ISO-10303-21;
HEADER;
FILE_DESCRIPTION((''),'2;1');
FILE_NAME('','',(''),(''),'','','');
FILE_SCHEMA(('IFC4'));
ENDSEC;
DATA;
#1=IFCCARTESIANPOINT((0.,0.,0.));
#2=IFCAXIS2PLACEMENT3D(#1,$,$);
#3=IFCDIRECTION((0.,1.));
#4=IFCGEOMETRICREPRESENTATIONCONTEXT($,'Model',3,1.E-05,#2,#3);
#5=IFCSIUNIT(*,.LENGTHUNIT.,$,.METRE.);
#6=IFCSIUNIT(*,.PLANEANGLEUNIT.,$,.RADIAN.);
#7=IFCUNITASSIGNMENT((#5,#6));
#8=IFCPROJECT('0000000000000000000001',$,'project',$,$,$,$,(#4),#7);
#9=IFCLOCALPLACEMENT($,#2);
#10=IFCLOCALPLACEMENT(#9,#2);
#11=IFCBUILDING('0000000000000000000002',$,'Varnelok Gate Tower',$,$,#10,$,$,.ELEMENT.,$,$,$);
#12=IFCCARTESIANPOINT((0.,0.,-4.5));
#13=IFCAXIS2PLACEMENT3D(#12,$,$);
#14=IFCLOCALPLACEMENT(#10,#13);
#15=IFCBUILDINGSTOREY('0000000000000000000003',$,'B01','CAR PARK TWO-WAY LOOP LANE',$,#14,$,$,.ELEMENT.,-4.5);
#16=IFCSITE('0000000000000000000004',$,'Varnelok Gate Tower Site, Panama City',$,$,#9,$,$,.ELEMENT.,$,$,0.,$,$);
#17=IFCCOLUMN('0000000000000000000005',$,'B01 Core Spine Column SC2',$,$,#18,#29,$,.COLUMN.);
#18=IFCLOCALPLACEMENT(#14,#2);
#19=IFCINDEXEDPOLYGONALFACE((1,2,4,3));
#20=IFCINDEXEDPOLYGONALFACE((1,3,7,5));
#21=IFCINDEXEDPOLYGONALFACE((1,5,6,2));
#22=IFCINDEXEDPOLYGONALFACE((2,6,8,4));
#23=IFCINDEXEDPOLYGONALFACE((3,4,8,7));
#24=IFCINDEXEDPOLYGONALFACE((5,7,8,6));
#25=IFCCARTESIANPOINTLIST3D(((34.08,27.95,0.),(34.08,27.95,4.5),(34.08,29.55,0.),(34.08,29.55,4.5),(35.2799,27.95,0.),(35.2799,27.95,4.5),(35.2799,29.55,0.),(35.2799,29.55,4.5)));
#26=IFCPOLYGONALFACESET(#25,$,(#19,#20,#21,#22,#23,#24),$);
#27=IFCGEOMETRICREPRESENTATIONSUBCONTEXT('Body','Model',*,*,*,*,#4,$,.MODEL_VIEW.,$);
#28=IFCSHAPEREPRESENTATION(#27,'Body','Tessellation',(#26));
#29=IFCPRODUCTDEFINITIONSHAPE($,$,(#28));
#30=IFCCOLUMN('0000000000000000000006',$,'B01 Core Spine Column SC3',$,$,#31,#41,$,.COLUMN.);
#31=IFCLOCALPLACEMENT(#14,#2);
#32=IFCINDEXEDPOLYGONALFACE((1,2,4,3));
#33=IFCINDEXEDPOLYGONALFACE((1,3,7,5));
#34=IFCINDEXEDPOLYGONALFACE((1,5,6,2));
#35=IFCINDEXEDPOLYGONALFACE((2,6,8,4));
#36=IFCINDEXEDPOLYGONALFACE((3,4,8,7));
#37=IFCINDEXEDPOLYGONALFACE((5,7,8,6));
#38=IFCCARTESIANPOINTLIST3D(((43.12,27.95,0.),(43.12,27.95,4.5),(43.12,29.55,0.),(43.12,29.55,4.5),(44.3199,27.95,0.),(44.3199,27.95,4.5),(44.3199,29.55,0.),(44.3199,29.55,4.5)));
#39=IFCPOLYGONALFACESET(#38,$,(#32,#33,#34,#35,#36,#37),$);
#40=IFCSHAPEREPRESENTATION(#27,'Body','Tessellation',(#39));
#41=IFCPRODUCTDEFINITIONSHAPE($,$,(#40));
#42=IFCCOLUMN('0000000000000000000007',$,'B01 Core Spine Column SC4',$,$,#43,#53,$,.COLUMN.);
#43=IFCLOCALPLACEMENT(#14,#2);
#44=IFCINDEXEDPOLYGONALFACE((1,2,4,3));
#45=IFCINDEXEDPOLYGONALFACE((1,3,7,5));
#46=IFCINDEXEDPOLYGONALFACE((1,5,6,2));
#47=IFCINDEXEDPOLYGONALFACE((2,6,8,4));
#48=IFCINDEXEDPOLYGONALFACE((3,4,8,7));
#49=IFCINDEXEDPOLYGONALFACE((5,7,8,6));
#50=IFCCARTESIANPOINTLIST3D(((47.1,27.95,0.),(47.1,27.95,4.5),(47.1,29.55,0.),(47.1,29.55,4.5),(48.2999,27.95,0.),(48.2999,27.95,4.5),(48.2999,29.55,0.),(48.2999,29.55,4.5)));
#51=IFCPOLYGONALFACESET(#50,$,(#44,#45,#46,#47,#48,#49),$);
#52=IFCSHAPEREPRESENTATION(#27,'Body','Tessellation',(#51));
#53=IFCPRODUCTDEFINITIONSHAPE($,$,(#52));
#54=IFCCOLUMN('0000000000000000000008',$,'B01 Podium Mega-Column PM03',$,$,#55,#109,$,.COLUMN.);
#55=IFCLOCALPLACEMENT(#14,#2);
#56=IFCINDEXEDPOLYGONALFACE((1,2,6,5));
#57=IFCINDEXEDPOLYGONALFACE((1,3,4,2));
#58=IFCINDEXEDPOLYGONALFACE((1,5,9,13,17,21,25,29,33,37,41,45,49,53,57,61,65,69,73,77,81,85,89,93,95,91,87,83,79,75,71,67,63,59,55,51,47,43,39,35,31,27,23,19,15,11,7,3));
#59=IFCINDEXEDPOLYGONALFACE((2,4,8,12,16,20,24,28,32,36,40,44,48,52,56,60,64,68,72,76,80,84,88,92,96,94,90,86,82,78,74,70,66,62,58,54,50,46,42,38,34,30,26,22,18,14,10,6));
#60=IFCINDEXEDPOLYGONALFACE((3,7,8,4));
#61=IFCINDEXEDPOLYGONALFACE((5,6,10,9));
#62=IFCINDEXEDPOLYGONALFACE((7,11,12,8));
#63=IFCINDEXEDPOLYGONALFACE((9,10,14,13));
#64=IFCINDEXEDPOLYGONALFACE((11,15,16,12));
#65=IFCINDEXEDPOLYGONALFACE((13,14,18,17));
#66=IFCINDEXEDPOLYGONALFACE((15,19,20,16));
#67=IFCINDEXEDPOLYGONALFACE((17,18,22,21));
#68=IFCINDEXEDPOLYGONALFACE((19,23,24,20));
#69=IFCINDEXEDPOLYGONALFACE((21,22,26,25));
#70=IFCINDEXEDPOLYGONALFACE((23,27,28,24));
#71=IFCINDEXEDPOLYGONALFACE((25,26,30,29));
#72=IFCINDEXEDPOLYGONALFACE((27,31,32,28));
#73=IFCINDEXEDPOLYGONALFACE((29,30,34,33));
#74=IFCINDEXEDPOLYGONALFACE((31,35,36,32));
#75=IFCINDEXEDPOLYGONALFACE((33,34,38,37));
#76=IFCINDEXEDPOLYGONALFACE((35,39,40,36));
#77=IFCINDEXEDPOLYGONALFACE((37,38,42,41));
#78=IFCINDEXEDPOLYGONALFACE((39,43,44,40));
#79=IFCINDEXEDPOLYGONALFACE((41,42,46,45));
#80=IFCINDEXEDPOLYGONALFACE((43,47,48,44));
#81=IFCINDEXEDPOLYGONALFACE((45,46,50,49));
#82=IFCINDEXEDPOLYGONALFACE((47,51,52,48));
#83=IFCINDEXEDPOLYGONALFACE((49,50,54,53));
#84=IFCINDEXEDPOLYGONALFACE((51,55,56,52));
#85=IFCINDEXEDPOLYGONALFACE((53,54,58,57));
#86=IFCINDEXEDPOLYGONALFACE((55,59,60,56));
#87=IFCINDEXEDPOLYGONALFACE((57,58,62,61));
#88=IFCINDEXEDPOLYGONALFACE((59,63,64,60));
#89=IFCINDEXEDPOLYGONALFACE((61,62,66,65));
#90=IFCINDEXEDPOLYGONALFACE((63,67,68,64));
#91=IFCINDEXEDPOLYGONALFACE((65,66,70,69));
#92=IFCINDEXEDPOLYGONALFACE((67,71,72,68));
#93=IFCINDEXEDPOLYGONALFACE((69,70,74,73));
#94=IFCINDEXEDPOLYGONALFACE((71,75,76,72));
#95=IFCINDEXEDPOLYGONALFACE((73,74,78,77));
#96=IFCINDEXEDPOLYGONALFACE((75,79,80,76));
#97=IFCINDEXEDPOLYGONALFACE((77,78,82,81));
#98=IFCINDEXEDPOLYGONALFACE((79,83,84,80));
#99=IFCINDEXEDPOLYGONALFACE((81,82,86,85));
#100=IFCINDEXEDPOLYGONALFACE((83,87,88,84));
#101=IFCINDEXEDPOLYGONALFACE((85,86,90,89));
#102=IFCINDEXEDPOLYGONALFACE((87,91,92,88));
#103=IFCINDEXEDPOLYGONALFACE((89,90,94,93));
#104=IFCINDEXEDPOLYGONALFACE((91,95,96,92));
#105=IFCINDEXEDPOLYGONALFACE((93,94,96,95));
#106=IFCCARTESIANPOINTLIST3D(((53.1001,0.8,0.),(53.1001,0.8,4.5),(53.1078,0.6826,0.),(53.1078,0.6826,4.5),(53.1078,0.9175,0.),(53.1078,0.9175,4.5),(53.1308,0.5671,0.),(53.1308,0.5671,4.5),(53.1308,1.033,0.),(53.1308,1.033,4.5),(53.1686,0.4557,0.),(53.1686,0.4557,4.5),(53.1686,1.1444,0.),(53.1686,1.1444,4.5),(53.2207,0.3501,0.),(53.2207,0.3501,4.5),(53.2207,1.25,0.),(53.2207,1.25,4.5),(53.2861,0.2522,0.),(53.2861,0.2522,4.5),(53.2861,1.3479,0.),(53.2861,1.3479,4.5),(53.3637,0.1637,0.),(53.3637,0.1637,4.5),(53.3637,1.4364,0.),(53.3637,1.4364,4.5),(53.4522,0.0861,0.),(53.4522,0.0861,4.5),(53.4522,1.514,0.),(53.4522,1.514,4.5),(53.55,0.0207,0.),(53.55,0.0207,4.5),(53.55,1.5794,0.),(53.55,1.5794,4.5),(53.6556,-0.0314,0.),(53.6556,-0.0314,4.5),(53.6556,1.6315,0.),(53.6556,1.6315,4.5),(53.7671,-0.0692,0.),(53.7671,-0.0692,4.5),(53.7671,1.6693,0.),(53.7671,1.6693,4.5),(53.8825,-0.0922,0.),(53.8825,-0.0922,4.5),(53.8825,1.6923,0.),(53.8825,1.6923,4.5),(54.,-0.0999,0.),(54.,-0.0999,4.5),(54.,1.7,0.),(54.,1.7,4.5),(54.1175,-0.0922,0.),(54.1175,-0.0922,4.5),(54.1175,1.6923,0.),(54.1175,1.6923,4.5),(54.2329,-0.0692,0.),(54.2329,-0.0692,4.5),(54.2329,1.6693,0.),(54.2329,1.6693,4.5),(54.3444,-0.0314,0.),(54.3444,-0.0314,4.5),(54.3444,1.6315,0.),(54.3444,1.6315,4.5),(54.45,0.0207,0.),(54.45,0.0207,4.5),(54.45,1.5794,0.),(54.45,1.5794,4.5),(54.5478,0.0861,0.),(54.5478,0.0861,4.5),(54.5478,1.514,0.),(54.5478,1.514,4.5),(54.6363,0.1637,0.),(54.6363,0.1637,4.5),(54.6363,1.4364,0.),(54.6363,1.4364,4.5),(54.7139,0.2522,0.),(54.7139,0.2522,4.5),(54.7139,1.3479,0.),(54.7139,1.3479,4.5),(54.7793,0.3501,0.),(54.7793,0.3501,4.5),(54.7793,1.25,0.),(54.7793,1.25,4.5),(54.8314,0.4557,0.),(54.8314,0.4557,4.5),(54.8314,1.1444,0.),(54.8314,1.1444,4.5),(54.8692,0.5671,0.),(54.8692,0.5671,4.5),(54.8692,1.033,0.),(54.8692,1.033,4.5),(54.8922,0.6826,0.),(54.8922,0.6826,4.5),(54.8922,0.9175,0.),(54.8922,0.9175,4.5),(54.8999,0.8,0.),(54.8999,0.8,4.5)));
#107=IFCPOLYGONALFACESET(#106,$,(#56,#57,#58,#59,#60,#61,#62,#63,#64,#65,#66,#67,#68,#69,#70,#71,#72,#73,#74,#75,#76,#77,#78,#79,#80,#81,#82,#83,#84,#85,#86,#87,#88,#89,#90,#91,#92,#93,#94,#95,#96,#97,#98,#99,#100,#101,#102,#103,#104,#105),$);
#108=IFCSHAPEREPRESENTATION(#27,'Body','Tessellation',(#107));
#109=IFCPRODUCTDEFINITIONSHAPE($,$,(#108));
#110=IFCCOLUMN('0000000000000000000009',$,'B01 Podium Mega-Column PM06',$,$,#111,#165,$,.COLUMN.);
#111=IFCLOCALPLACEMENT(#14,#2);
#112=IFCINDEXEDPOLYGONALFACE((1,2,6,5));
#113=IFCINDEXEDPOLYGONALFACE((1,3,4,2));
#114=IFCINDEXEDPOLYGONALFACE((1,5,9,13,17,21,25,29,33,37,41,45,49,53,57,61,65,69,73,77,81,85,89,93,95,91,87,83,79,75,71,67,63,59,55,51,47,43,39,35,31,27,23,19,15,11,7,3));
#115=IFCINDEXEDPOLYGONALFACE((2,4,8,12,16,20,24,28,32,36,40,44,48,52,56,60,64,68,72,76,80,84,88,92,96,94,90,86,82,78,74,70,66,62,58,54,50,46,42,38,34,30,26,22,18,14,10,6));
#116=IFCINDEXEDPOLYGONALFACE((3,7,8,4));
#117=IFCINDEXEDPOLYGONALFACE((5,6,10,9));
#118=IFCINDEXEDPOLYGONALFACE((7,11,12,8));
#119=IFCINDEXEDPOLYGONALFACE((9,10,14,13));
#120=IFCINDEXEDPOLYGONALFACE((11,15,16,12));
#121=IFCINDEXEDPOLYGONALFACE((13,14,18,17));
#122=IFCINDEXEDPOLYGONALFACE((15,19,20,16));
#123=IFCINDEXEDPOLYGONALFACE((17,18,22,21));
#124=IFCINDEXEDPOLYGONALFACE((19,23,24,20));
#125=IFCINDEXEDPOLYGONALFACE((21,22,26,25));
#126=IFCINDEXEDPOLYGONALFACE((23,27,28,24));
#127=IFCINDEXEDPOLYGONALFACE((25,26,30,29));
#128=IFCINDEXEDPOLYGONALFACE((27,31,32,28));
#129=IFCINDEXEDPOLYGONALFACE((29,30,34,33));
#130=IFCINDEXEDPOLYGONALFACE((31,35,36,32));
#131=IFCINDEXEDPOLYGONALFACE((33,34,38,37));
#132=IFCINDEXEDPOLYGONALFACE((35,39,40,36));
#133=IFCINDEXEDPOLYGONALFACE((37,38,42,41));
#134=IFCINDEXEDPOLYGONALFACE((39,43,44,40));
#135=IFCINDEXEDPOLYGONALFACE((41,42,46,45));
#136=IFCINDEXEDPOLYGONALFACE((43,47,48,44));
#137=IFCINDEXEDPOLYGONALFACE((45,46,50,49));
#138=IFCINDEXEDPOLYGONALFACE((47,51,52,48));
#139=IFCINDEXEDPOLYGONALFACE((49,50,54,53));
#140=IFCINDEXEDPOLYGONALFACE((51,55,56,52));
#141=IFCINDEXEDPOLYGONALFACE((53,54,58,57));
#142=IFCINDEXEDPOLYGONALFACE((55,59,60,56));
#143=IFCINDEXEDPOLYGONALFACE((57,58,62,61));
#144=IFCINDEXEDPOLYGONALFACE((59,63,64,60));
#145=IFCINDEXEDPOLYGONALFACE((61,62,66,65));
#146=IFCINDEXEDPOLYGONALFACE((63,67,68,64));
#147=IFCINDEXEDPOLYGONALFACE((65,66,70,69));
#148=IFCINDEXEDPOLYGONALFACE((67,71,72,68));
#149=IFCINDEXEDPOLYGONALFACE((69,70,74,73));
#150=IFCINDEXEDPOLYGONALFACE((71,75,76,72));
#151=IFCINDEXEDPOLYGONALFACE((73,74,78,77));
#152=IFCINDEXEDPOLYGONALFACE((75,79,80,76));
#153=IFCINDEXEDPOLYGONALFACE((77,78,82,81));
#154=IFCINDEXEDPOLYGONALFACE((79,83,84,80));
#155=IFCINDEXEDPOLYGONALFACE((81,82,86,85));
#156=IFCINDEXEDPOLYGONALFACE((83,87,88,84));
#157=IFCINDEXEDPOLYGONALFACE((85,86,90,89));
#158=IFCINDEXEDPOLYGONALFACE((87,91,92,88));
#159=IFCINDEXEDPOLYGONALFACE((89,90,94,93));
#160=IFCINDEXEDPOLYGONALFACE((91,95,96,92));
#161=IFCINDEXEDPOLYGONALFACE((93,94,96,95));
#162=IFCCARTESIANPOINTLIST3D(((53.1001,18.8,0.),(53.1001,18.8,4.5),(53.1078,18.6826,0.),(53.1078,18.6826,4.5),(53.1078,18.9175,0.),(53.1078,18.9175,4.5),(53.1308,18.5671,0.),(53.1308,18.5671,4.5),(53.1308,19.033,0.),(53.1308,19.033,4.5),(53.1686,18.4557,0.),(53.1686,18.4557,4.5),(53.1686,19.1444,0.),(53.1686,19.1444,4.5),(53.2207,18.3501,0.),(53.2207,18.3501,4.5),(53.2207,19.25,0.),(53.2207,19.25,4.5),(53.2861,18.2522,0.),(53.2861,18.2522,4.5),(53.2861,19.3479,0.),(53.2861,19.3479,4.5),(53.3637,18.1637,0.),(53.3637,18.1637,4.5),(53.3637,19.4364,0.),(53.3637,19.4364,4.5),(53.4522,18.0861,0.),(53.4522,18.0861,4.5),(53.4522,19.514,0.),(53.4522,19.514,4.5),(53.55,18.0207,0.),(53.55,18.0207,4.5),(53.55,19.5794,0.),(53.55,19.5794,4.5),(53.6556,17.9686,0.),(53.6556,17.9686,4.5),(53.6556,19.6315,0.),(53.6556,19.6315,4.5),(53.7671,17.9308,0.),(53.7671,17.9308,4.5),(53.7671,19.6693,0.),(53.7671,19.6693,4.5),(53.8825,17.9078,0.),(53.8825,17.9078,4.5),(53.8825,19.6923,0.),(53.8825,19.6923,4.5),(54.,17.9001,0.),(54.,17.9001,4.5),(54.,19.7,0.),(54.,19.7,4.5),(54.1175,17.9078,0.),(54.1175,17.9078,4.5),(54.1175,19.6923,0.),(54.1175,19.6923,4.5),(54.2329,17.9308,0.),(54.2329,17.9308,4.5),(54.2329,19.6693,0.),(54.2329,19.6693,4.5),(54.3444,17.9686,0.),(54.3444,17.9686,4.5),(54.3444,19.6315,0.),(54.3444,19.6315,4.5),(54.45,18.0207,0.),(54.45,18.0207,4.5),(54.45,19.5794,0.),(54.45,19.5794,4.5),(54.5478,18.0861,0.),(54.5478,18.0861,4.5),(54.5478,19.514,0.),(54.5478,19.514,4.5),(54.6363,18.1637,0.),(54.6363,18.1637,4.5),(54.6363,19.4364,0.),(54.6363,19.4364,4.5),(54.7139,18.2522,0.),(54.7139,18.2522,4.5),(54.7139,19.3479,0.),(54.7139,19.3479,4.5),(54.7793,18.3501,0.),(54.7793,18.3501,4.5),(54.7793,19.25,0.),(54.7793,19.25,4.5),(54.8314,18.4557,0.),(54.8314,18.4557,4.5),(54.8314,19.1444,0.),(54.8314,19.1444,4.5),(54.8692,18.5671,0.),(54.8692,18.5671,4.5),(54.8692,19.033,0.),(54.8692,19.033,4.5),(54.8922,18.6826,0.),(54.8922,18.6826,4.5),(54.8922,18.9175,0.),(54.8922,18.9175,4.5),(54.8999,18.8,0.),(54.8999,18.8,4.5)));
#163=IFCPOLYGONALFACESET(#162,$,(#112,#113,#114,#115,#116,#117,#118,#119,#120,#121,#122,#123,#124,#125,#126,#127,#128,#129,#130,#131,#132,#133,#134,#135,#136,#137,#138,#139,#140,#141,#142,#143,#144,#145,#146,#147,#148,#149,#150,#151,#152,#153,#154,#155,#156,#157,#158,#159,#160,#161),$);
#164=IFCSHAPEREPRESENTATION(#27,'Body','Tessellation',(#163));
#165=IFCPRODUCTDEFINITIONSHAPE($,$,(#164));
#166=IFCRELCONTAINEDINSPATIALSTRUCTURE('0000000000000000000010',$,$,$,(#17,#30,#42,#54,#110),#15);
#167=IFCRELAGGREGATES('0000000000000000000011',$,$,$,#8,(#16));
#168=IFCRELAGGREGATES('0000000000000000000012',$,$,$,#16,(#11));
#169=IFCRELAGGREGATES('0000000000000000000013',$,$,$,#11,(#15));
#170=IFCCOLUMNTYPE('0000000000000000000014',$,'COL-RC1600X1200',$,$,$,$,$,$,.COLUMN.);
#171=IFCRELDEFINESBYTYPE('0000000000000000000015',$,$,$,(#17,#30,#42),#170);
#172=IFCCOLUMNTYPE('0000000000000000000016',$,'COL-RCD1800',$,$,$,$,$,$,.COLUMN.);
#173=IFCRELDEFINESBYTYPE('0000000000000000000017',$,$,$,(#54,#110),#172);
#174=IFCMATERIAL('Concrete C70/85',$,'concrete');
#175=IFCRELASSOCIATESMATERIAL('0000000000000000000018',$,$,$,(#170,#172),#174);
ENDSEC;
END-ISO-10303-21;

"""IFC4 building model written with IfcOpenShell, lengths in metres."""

from ifc_helpers import new_model, si_unit, direction, frame, origin, origin_2d, place, context, subcontext, project, spatial, rectangle, circle, extrude, material, material_profile, profile_set, type_object, element, save


model = new_model("IFC4")

# Units and contexts
model_context = context("Model", 3, precision=1e-05, world=origin(), true_north=direction((0.0, 1.0)))
body_context = subcontext(model_context, "Body", "Model", "MODEL_VIEW")
ifc_project = project(units=[si_unit("LENGTHUNIT", "METRE"), si_unit("PLANEANGLEUNIT", "RADIAN")], contexts=[model_context])

# Site, building, storey
site_placement = place(None, origin())
site = spatial("IfcSite", under=ifc_project, at=site_placement, Name="Varnelok Gate Tower Site, Panama City", CompositionType="ELEMENT", RefElevation=0.0)
building_placement = place(site_placement, origin())
building = spatial("IfcBuilding", under=site, at=building_placement, Name="Varnelok Gate Tower", CompositionType="ELEMENT")
storey_placement = place(building_placement, frame((0.0, 0.0, -4.5)))
storey = spatial("IfcBuildingStorey", under=building, at=storey_placement, Name="B01", Description="CAR PARK TWO-WAY LOOP LANE", CompositionType="ELEMENT", Elevation=-4.5)

# Columns
ifc_material_1 = material(Name="Concrete C70/85", Category="concrete")
ifc_material_profile_1 = material_profile(ifc_material_1, rectangle(XDim=1.2, YDim=1.6001, at=origin_2d()), Name="RC1600X1200")
ifc_profile_set_1 = profile_set([ifc_material_profile_1], Name="Concrete C70/85")
column_type_1 = type_object("IfcColumnType", Name="COL-RC1600X1200", PredefinedType="COLUMN", material=ifc_profile_set_1)
for number, where, z_axis, x_axis, name in (
    (1, (34.6799, 28.75, 0.0), (0.0, 0.0, 1.0), (1.0, 0.0, 0.0), "B01 Core Spine Column SC2"),
    (2, (43.72, 28.75, 0.0), (0.0, 0.0, 1.0), (1.0, 0.0, 0.0), "B01 Core Spine Column SC3"),
    (3, (47.7, 28.75, 0.0), (0.0, 0.0, 1.0), (1.0, 0.0, 0.0), "B01 Core Spine Column SC4"),
):
    element("IfcColumn", number, at=place(storey_placement, frame(where, z_axis=z_axis, x_axis=x_axis)), inside=storey, type_object=column_type_1, Name=name, PredefinedType="COLUMN", context=body_context, shape_type="SweptSolid", body=[
        extrude(rectangle(XDim=1.2, YDim=1.6001, at=origin_2d()), origin(), (0.0, 0.0, 1.0), 4.5),
    ])
ifc_material_profile_2 = material_profile(ifc_material_1, circle(Radius=0.8999, at=origin_2d()), Name="RCD1800")
ifc_profile_set_2 = profile_set([ifc_material_profile_2], Name="Concrete C70/85")
column_type_2 = type_object("IfcColumnType", Name="COL-RCD1800", PredefinedType="COLUMN", material=ifc_profile_set_2)
for number, where, z_axis, x_axis, name in (
    (4, (54.0, 0.8, 0.0), (0.0, 0.0, 1.0), (1.0, 0.0, 0.0), "B01 Podium Mega-Column PM03"),
    (5, (54.0, 18.8, 0.0), (0.0, 0.0, 1.0), (1.0, 0.0, 0.0), "B01 Podium Mega-Column PM06"),
):
    element("IfcColumn", number, at=place(storey_placement, frame(where, z_axis=z_axis, x_axis=x_axis)), inside=storey, type_object=column_type_2, Name=name, PredefinedType="COLUMN", context=body_context, shape_type="SweptSolid", body=[
        extrude(circle(Radius=0.8999, at=origin_2d()), origin(), (0.0, 0.0, 1.0), 4.5),
    ])

save(model, "model.ifc")
